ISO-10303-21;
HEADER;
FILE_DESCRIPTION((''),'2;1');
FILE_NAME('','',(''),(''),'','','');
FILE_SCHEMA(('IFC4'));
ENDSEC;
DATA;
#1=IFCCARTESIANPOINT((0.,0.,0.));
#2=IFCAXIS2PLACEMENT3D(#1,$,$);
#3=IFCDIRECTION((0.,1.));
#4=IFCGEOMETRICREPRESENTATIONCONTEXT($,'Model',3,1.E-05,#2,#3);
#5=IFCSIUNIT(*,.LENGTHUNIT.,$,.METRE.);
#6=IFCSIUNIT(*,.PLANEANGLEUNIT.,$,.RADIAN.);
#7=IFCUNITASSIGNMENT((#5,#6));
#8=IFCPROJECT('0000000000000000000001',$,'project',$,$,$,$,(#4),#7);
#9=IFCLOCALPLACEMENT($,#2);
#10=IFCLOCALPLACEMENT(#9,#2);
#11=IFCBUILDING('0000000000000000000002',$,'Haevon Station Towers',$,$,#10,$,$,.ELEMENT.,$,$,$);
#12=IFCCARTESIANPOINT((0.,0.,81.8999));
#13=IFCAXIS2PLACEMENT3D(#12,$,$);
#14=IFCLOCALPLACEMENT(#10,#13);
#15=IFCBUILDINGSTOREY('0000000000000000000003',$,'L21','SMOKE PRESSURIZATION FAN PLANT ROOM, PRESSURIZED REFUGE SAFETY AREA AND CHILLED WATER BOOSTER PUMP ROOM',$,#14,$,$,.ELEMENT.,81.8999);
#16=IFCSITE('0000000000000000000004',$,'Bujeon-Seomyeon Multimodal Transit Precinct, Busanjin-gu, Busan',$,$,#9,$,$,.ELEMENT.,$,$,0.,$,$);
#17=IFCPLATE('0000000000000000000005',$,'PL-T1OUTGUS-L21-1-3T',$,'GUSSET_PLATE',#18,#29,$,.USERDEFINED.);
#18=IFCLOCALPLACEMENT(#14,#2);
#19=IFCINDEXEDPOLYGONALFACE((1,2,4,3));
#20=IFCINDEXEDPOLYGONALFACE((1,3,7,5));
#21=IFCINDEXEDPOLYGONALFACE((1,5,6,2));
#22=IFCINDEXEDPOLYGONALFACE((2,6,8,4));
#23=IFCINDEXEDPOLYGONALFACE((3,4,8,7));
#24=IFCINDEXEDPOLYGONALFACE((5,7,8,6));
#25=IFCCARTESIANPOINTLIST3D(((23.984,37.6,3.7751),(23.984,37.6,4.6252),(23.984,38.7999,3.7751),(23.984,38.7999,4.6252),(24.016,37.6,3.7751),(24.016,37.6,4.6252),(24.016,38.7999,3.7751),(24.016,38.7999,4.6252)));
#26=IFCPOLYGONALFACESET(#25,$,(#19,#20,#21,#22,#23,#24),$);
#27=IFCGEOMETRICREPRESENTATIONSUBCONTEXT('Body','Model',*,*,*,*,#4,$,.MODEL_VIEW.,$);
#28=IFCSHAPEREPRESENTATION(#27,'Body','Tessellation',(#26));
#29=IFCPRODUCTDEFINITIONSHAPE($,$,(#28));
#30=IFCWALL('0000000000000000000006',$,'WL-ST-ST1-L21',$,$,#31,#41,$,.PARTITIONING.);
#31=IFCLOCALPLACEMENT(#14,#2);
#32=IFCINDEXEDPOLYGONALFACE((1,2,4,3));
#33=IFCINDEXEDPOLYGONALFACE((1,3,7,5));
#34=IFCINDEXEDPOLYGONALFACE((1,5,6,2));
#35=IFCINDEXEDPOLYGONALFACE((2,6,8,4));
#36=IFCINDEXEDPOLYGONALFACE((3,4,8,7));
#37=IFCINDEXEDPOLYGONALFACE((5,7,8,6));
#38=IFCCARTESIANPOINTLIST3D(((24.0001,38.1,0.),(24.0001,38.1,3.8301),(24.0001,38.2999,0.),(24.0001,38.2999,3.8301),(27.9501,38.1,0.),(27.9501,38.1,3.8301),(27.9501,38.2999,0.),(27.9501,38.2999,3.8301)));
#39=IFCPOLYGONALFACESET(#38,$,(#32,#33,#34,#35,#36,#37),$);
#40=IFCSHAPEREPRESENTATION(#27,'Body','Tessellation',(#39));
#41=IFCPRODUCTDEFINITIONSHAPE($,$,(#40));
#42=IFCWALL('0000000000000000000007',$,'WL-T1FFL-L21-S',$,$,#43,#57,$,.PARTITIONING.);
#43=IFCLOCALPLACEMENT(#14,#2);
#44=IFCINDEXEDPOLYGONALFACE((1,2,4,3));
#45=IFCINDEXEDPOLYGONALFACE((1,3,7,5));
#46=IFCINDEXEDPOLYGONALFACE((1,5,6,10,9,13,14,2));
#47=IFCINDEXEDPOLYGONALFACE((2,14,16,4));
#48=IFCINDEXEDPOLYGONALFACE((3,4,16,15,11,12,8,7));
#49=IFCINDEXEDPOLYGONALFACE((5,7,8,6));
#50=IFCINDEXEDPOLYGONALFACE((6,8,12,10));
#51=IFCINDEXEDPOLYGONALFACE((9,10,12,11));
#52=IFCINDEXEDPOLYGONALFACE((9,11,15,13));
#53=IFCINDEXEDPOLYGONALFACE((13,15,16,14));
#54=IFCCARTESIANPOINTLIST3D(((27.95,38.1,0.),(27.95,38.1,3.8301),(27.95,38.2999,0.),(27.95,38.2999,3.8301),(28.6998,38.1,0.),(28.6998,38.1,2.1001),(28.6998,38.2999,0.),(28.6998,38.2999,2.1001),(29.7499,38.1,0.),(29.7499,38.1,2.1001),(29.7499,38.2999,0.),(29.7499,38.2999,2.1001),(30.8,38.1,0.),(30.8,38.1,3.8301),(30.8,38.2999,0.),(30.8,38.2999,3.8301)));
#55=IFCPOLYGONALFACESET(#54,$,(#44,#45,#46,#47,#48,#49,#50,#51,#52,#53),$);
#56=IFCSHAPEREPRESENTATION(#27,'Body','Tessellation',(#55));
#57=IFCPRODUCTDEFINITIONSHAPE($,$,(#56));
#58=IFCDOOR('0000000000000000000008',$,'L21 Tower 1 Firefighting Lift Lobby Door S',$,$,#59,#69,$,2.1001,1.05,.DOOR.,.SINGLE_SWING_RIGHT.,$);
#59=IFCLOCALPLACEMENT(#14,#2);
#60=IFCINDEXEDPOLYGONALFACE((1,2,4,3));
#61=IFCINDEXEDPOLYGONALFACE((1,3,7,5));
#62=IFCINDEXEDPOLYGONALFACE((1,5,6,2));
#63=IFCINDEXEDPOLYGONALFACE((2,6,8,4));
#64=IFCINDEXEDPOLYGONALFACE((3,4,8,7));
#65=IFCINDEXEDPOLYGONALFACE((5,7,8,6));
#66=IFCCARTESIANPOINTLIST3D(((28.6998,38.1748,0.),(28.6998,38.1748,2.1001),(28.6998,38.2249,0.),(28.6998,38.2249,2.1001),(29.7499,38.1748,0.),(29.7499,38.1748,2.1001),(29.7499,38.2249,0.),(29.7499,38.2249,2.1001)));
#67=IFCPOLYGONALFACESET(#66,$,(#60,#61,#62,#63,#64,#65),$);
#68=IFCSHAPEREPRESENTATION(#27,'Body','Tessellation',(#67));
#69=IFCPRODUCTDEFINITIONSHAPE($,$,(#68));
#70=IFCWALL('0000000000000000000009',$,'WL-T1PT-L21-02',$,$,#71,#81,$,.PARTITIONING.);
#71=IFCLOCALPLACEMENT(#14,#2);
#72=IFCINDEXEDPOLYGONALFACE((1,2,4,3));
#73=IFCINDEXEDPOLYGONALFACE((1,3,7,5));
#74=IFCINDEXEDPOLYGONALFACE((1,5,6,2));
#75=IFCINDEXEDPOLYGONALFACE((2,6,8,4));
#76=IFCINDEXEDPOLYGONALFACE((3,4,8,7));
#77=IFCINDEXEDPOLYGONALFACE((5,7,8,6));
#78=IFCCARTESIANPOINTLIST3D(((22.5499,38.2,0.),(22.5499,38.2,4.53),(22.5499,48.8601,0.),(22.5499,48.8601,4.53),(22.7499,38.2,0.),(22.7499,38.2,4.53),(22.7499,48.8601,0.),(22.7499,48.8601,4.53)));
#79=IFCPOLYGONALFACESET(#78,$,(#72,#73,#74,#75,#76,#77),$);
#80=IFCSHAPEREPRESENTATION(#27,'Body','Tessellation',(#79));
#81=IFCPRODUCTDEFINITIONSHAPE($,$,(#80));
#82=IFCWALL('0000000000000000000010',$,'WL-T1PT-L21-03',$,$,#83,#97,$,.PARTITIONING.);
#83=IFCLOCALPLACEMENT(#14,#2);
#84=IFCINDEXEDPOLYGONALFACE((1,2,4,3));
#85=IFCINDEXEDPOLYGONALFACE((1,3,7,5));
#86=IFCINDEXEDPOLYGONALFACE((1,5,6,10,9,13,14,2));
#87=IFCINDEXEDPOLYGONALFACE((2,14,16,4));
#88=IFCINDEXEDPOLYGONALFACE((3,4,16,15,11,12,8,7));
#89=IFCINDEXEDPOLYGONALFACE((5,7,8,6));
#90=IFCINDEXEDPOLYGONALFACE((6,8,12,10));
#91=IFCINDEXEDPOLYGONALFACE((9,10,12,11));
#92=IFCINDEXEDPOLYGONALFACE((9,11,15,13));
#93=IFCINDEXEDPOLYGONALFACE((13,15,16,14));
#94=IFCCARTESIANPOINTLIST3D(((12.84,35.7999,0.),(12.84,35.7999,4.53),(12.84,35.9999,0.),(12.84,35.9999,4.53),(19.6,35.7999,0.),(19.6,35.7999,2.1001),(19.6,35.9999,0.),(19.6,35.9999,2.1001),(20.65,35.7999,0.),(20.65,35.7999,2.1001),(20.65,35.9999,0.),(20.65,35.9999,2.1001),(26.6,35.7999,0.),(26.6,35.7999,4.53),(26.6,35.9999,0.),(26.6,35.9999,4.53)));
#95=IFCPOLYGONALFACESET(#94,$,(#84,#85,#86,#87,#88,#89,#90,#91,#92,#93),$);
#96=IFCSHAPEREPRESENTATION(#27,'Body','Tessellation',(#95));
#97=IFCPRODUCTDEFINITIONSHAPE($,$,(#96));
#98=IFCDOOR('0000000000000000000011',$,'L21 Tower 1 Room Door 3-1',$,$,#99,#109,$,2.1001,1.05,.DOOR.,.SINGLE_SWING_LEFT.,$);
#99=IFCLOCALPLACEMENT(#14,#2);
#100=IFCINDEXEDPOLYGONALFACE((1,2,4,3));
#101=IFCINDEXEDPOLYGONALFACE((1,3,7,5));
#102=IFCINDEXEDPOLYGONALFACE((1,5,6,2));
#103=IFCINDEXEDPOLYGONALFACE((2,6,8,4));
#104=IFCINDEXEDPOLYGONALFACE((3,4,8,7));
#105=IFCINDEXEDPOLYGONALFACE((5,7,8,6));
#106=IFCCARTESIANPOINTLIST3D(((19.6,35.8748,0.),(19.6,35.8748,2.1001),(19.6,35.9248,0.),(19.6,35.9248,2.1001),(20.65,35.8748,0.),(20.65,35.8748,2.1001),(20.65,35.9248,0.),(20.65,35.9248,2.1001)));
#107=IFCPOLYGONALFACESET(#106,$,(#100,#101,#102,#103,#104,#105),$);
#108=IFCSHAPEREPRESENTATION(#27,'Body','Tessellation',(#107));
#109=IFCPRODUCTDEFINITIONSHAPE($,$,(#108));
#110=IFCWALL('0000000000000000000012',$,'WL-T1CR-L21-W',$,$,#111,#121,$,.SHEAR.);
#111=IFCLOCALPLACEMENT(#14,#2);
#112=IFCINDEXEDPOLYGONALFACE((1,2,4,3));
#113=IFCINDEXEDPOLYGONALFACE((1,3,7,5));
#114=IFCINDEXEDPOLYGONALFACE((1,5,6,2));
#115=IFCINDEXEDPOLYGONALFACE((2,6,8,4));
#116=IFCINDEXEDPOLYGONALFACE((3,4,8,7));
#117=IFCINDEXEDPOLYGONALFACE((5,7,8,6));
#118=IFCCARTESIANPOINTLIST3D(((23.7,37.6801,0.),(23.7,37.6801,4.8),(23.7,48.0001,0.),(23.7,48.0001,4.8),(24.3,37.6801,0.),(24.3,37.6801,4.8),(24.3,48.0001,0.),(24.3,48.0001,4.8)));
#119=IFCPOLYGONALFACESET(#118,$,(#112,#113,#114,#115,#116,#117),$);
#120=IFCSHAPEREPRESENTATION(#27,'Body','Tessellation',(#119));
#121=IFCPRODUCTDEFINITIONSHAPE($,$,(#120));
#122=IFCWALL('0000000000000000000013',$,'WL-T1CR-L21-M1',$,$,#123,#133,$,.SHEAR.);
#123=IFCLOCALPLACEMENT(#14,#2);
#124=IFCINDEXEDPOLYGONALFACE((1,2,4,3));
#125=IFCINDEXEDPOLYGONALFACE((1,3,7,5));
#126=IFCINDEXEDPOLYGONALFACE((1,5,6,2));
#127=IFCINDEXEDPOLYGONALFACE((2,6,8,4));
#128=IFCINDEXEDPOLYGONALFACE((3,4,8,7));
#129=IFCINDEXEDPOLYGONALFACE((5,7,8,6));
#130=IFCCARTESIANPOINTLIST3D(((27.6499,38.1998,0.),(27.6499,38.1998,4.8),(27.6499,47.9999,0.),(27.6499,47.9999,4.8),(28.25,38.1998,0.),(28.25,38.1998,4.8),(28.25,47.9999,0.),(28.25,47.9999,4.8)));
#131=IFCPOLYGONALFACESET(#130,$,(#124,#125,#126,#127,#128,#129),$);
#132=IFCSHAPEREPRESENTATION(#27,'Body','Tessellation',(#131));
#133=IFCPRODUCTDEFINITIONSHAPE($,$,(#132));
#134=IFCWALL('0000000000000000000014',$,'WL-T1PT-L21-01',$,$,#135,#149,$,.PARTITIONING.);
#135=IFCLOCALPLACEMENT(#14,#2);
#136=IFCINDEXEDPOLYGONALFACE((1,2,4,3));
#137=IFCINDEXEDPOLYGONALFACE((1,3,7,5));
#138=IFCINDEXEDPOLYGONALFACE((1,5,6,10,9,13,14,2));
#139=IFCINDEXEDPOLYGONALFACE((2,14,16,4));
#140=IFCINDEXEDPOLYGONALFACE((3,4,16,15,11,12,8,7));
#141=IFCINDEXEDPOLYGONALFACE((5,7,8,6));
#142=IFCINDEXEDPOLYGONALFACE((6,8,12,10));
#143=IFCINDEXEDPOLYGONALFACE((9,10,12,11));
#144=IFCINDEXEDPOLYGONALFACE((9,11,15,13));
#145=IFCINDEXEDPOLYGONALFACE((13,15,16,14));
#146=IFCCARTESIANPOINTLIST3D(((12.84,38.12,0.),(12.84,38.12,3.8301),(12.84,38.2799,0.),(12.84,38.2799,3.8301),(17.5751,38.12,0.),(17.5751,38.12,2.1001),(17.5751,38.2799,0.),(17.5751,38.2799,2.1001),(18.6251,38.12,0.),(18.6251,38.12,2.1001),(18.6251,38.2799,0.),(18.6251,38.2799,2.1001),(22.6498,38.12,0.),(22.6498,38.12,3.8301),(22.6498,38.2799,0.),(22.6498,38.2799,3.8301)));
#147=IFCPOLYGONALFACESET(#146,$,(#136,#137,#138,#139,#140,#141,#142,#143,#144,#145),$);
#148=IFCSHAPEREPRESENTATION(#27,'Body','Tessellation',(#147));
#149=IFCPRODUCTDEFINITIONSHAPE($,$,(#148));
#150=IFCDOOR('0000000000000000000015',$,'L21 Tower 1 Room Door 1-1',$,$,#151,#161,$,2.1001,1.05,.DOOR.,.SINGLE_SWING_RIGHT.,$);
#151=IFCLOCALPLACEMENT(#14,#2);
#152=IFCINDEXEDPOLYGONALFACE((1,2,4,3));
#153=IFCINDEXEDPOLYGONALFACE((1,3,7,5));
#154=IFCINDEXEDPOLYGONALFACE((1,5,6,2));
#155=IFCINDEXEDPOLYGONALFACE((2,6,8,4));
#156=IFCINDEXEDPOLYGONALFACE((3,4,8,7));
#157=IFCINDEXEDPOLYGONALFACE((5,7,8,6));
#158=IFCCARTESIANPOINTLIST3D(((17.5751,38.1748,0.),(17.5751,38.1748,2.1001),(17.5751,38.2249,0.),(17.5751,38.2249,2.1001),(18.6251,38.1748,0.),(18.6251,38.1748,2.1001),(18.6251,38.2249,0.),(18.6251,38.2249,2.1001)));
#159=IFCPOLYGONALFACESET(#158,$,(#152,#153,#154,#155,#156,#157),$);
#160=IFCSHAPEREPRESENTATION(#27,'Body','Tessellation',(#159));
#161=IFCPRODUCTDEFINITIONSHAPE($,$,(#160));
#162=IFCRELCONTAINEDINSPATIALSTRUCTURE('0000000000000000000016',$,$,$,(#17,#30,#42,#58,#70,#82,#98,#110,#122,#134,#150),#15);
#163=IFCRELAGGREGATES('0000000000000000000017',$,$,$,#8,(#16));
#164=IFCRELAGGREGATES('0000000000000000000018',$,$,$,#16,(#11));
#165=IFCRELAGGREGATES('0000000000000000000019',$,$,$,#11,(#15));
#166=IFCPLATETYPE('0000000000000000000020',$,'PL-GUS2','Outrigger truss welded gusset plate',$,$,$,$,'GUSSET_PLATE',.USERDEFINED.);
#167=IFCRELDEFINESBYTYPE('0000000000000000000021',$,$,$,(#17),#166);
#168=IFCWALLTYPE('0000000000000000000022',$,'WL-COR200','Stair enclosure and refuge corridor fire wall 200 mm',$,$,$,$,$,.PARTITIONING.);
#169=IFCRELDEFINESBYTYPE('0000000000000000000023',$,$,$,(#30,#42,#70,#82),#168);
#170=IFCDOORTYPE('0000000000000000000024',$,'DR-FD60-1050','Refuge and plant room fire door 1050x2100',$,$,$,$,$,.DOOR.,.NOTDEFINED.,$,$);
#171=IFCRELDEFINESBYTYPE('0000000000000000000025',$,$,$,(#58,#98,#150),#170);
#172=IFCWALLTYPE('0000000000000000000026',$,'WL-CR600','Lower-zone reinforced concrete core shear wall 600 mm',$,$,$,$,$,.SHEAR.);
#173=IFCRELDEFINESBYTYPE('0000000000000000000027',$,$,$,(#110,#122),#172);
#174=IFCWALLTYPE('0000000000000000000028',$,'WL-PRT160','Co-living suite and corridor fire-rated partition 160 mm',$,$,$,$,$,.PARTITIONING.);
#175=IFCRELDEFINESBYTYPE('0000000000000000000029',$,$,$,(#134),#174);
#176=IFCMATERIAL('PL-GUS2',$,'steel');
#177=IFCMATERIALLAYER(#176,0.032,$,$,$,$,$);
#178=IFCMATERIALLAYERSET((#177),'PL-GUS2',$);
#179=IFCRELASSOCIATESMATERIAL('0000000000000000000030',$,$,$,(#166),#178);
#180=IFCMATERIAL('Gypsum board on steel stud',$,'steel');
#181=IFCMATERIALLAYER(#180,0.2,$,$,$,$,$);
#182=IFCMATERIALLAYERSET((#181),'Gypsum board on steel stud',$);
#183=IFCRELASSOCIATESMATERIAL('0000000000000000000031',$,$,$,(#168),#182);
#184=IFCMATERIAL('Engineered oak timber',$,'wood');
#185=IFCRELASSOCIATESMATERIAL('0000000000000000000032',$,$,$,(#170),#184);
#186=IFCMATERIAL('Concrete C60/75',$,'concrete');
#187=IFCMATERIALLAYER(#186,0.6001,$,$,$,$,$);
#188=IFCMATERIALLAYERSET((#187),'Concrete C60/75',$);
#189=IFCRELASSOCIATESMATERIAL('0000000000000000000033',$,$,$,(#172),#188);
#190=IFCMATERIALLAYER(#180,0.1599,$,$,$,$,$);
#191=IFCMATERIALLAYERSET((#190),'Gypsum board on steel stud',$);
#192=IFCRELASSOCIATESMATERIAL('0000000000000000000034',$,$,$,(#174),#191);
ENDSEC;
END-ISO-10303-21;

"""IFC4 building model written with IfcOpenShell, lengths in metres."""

from ifc_helpers import new_model, si_unit, direction, frame, frame_2d, origin, origin_2d, place, context, subcontext, project, spatial, rectangle, extrude, material, layer, layer_set, type_object, element, fill, save


model = new_model("IFC4")

# Units and contexts
model_context = context("Model", 3, precision=1e-05, world=origin(), true_north=direction((0.0, 1.0)))
body_context = subcontext(model_context, "Body", "Model", "MODEL_VIEW")
ifc_project = project(units=[si_unit("LENGTHUNIT", "METRE"), si_unit("PLANEANGLEUNIT", "RADIAN")], contexts=[model_context])

# Site, building, storey
site_placement = place(None, origin())
site = spatial("IfcSite", under=ifc_project, at=site_placement, Name="Bujeon-Seomyeon Multimodal Transit Precinct, Busanjin-gu, Busan", CompositionType="ELEMENT", RefElevation=0.0)
building_placement = place(site_placement, origin())
building = spatial("IfcBuilding", under=site, at=building_placement, Name="Haevon Station Towers", CompositionType="ELEMENT")
storey_placement = place(building_placement, frame((0.0, 0.0, 81.8999)))
storey = spatial("IfcBuildingStorey", under=building, at=storey_placement, Name="L21", Description="SMOKE PRESSURIZATION FAN PLANT ROOM, PRESSURIZED REFUGE SAFETY AREA AND CHILLED WATER BOOSTER PUMP ROOM", CompositionType="ELEMENT", Elevation=81.8999)

# Plate
ifc_material_1 = material(Name="PL-GUS2", Category="steel")
ifc_layer_1 = layer(ifc_material_1, 0.032)
ifc_layer_set_1 = layer_set([ifc_layer_1], Name="PL-GUS2")
plate_type_1 = type_object("IfcPlateType", Name="PL-GUS2", Description="Outrigger truss welded gusset plate", ElementType="GUSSET_PLATE", PredefinedType="USERDEFINED", material=ifc_layer_set_1)
for number, where, z_axis, x_axis, name in (
    (1, (24.0, 38.2, 3.7751), (0.0, 0.0, 1.0), (0.0, 1.0, 0.0), "PL-T1OUTGUS-L21-1-3T"),
):
    element("IfcPlate", number, at=place(storey_placement, frame(where, z_axis=z_axis, x_axis=x_axis)), inside=storey, type_object=plate_type_1, Name=name, ObjectType="GUSSET_PLATE", PredefinedType="USERDEFINED", context=body_context, shape_type="SweptSolid", body=[
        extrude(rectangle(XDim=1.2, YDim=0.032, at=origin_2d()), origin(), (0.0, 0.0, 1.0), 0.8501),
    ])

# Wall
ifc_material_2 = material(Name="Gypsum board on steel stud", Category="steel")
ifc_layer_2 = layer(ifc_material_2, 0.2)
ifc_layer_set_2 = layer_set([ifc_layer_2], Name="Gypsum board on steel stud")
wall_type_1 = type_object("IfcWallType", Name="WL-COR200", Description="Stair enclosure and refuge corridor fire wall 200 mm", PredefinedType="PARTITIONING", material=ifc_layer_set_2)
wall_1_placement = place(storey_placement, frame((24.0, 38.2, 0.0), z_axis=(0.0, 0.0, 1.0), x_axis=(1.0, 0.0, 0.0)))
element("IfcWall", 2, at=wall_1_placement, inside=storey, type_object=wall_type_1, Name="WL-ST-ST1-L21", PredefinedType="PARTITIONING", context=body_context, shape_type="SweptSolid", body=[
    extrude(rectangle(XDim=3.95, YDim=0.2, at=frame_2d((1.9751, 0.0))), origin(), (0.0, 0.0, 1.0), 3.8301),
])

# Wall, opening, door
wall_2_placement = place(storey_placement, frame((27.95, 38.2, 0.0), z_axis=(0.0, 0.0, 1.0), x_axis=(1.0, 0.0, 0.0)))
wall_2 = element("IfcWall", 3, at=wall_2_placement, inside=storey, type_object=wall_type_1, Name="WL-T1FFL-L21-S", PredefinedType="PARTITIONING", context=body_context, shape_type="SweptSolid", body=[
    extrude(rectangle(XDim=2.8501, YDim=0.2, at=frame_2d((1.425, 0.0))), origin(), (0.0, 0.0, 1.0), 3.8301),
])
opening_1_placement = place(wall_2_placement, frame((0.75, 0.0, 0.0)))
opening_1 = element("IfcOpeningElement", 4, at=opening_1_placement, cuts=wall_2, PredefinedType="OPENING", context=body_context, shape_type="SweptSolid", body=[
    extrude(rectangle(XDim=1.05, YDim=2.1001, at=frame_2d((0.5249, 1.05))), frame((0.0, 0.1099, 0.0), z_axis=(0.0, -1.0, 0.0), x_axis=(1.0, 0.0, 0.0)), (0.0, 0.0, 1.0), 0.22),
])
ifc_material_3 = material(Name="Engineered oak timber", Category="wood")
door_type = type_object("IfcDoorType", Name="DR-FD60-1050", Description="Refuge and plant room fire door 1050x2100", OperationType="NOTDEFINED", PredefinedType="DOOR", material=ifc_material_3)
door_1_placement = place(opening_1_placement, origin())
door_1 = element("IfcDoor", 5, at=door_1_placement, inside=storey, type_object=door_type, Name="L21 Tower 1 Firefighting Lift Lobby Door S", OperationType="SINGLE_SWING_RIGHT", OverallHeight=2.1001, OverallWidth=1.05, PredefinedType="DOOR", context=body_context, shape_type="SweptSolid", body=[
    extrude(rectangle(XDim=1.05, YDim=2.1001, at=frame_2d((0.5249, 1.05))), frame((0.0, 0.0249, 0.0), z_axis=(0.0, -1.0, 0.0), x_axis=(1.0, 0.0, 0.0)), (0.0, 0.0, 1.0), 0.05),
])
fill(opening_1, door_1)

# Wall
wall_3_placement = place(storey_placement, frame((22.6499, 38.2, 0.0), z_axis=(0.0, 0.0, 1.0), x_axis=(0.0, 1.0, 0.0)))
element("IfcWall", 6, at=wall_3_placement, inside=storey, type_object=wall_type_1, Name="WL-T1PT-L21-02", PredefinedType="PARTITIONING", context=body_context, shape_type="SweptSolid", body=[
    extrude(rectangle(XDim=10.6602, YDim=0.2, at=frame_2d((5.3301, 0.0))), origin(), (0.0, 0.0, 1.0), 4.53),
])

# Wall, opening, door
wall_4_placement = place(storey_placement, frame((12.8401, 35.8999, 0.0), z_axis=(0.0, 0.0, 1.0), x_axis=(1.0, 0.0, 0.0)))
wall_4 = element("IfcWall", 7, at=wall_4_placement, inside=storey, type_object=wall_type_1, Name="WL-T1PT-L21-03", PredefinedType="PARTITIONING", context=body_context, shape_type="SweptSolid", body=[
    extrude(rectangle(XDim=13.76, YDim=0.2, at=frame_2d((6.8799, 0.0))), origin(), (0.0, 0.0, 1.0), 4.53),
])
opening_2_placement = place(wall_4_placement, frame((6.76, 0.0, 0.0)))
opening_2 = element("IfcOpeningElement", 8, at=opening_2_placement, cuts=wall_4, PredefinedType="OPENING", context=body_context, shape_type="SweptSolid", body=[
    extrude(rectangle(XDim=1.05, YDim=2.1001, at=frame_2d((0.5249, 1.05))), frame((0.0, 0.1099, 0.0), z_axis=(0.0, -1.0, 0.0), x_axis=(1.0, 0.0, 0.0)), (0.0, 0.0, 1.0), 0.22),
])
door_2_placement = place(opening_2_placement, origin())
door_2 = element("IfcDoor", 9, at=door_2_placement, inside=storey, type_object=door_type, Name="L21 Tower 1 Room Door 3-1", OperationType="SINGLE_SWING_LEFT", OverallHeight=2.1001, OverallWidth=1.05, PredefinedType="DOOR", context=body_context, shape_type="SweptSolid", body=[
    extrude(rectangle(XDim=1.05, YDim=2.1001, at=frame_2d((0.5249, 1.05))), frame((0.0, 0.0249, 0.0), z_axis=(0.0, -1.0, 0.0), x_axis=(1.0, 0.0, 0.0)), (0.0, 0.0, 1.0), 0.05),
])
fill(opening_2, door_2)

# Walls
ifc_material_4 = material(Name="Concrete C60/75", Category="concrete")
ifc_layer_3 = layer(ifc_material_4, 0.6001)
ifc_layer_set_3 = layer_set([ifc_layer_3], Name="Concrete C60/75")
wall_type_2 = type_object("IfcWallType", Name="WL-CR600", Description="Lower-zone reinforced concrete core shear wall 600 mm", PredefinedType="SHEAR", material=ifc_layer_set_3)
wall_5_placement = place(storey_placement, frame((24.0, 37.6799, 0.0), z_axis=(0.0, 0.0, 1.0), x_axis=(0.0, 1.0, 0.0)))
element("IfcWall", 10, at=wall_5_placement, inside=storey, type_object=wall_type_2, Name="WL-T1CR-L21-W", PredefinedType="SHEAR", context=body_context, shape_type="SweptSolid", body=[
    extrude(rectangle(XDim=10.3201, YDim=0.6001, at=frame_2d((5.1602, 0.0))), origin(), (0.0, 0.0, 1.0), 4.8),
])
wall_6_placement = place(storey_placement, frame((27.95, 38.2, 0.0), z_axis=(0.0, 0.0, 1.0), x_axis=(0.0, 1.0, 0.0)))
element("IfcWall", 11, at=wall_6_placement, inside=storey, type_object=wall_type_2, Name="WL-T1CR-L21-M1", PredefinedType="SHEAR", context=body_context, shape_type="SweptSolid", body=[
    extrude(rectangle(XDim=9.8, YDim=0.6001, at=frame_2d((4.8999, 0.0))), origin(), (0.0, 0.0, 1.0), 4.8),
])

# Wall, opening, door
ifc_layer_4 = layer(ifc_material_2, 0.1599)
ifc_layer_set_4 = layer_set([ifc_layer_4], Name="Gypsum board on steel stud")
wall_type_3 = type_object("IfcWallType", Name="WL-PRT160", Description="Co-living suite and corridor fire-rated partition 160 mm", PredefinedType="PARTITIONING", material=ifc_layer_set_4)
wall_7_placement = place(storey_placement, frame((12.8401, 38.2, 0.0), z_axis=(0.0, 0.0, 1.0), x_axis=(1.0, 0.0, 0.0)))
wall_7 = element("IfcWall", 12, at=wall_7_placement, inside=storey, type_object=wall_type_3, Name="WL-T1PT-L21-01", PredefinedType="PARTITIONING", context=body_context, shape_type="SweptSolid", body=[
    extrude(rectangle(XDim=9.8098, YDim=0.1599, at=frame_2d((4.9048, 0.0))), origin(), (0.0, 0.0, 1.0), 3.8301),
])
opening_3_placement = place(wall_7_placement, frame((4.7351, 0.0, 0.0)))
opening_3 = element("IfcOpeningElement", 13, at=opening_3_placement, cuts=wall_7, PredefinedType="OPENING", context=body_context, shape_type="SweptSolid", body=[
    extrude(rectangle(XDim=1.05, YDim=2.1001, at=frame_2d((0.5249, 1.05))), frame((0.0, 0.0898, 0.0), z_axis=(0.0, -1.0, 0.0), x_axis=(1.0, 0.0, 0.0)), (0.0, 0.0, 1.0), 0.1799),
])
door_3_placement = place(opening_3_placement, origin())
door_3 = element("IfcDoor", 14, at=door_3_placement, inside=storey, type_object=door_type, Name="L21 Tower 1 Room Door 1-1", OperationType="SINGLE_SWING_RIGHT", OverallHeight=2.1001, OverallWidth=1.05, PredefinedType="DOOR", context=body_context, shape_type="SweptSolid", body=[
    extrude(rectangle(XDim=1.05, YDim=2.1001, at=frame_2d((0.5249, 1.05))), frame((0.0, 0.0249, 0.0), z_axis=(0.0, -1.0, 0.0), x_axis=(1.0, 0.0, 0.0)), (0.0, 0.0, 1.0), 0.05),
])
fill(opening_3, door_3)

save(model, "model.ifc")
